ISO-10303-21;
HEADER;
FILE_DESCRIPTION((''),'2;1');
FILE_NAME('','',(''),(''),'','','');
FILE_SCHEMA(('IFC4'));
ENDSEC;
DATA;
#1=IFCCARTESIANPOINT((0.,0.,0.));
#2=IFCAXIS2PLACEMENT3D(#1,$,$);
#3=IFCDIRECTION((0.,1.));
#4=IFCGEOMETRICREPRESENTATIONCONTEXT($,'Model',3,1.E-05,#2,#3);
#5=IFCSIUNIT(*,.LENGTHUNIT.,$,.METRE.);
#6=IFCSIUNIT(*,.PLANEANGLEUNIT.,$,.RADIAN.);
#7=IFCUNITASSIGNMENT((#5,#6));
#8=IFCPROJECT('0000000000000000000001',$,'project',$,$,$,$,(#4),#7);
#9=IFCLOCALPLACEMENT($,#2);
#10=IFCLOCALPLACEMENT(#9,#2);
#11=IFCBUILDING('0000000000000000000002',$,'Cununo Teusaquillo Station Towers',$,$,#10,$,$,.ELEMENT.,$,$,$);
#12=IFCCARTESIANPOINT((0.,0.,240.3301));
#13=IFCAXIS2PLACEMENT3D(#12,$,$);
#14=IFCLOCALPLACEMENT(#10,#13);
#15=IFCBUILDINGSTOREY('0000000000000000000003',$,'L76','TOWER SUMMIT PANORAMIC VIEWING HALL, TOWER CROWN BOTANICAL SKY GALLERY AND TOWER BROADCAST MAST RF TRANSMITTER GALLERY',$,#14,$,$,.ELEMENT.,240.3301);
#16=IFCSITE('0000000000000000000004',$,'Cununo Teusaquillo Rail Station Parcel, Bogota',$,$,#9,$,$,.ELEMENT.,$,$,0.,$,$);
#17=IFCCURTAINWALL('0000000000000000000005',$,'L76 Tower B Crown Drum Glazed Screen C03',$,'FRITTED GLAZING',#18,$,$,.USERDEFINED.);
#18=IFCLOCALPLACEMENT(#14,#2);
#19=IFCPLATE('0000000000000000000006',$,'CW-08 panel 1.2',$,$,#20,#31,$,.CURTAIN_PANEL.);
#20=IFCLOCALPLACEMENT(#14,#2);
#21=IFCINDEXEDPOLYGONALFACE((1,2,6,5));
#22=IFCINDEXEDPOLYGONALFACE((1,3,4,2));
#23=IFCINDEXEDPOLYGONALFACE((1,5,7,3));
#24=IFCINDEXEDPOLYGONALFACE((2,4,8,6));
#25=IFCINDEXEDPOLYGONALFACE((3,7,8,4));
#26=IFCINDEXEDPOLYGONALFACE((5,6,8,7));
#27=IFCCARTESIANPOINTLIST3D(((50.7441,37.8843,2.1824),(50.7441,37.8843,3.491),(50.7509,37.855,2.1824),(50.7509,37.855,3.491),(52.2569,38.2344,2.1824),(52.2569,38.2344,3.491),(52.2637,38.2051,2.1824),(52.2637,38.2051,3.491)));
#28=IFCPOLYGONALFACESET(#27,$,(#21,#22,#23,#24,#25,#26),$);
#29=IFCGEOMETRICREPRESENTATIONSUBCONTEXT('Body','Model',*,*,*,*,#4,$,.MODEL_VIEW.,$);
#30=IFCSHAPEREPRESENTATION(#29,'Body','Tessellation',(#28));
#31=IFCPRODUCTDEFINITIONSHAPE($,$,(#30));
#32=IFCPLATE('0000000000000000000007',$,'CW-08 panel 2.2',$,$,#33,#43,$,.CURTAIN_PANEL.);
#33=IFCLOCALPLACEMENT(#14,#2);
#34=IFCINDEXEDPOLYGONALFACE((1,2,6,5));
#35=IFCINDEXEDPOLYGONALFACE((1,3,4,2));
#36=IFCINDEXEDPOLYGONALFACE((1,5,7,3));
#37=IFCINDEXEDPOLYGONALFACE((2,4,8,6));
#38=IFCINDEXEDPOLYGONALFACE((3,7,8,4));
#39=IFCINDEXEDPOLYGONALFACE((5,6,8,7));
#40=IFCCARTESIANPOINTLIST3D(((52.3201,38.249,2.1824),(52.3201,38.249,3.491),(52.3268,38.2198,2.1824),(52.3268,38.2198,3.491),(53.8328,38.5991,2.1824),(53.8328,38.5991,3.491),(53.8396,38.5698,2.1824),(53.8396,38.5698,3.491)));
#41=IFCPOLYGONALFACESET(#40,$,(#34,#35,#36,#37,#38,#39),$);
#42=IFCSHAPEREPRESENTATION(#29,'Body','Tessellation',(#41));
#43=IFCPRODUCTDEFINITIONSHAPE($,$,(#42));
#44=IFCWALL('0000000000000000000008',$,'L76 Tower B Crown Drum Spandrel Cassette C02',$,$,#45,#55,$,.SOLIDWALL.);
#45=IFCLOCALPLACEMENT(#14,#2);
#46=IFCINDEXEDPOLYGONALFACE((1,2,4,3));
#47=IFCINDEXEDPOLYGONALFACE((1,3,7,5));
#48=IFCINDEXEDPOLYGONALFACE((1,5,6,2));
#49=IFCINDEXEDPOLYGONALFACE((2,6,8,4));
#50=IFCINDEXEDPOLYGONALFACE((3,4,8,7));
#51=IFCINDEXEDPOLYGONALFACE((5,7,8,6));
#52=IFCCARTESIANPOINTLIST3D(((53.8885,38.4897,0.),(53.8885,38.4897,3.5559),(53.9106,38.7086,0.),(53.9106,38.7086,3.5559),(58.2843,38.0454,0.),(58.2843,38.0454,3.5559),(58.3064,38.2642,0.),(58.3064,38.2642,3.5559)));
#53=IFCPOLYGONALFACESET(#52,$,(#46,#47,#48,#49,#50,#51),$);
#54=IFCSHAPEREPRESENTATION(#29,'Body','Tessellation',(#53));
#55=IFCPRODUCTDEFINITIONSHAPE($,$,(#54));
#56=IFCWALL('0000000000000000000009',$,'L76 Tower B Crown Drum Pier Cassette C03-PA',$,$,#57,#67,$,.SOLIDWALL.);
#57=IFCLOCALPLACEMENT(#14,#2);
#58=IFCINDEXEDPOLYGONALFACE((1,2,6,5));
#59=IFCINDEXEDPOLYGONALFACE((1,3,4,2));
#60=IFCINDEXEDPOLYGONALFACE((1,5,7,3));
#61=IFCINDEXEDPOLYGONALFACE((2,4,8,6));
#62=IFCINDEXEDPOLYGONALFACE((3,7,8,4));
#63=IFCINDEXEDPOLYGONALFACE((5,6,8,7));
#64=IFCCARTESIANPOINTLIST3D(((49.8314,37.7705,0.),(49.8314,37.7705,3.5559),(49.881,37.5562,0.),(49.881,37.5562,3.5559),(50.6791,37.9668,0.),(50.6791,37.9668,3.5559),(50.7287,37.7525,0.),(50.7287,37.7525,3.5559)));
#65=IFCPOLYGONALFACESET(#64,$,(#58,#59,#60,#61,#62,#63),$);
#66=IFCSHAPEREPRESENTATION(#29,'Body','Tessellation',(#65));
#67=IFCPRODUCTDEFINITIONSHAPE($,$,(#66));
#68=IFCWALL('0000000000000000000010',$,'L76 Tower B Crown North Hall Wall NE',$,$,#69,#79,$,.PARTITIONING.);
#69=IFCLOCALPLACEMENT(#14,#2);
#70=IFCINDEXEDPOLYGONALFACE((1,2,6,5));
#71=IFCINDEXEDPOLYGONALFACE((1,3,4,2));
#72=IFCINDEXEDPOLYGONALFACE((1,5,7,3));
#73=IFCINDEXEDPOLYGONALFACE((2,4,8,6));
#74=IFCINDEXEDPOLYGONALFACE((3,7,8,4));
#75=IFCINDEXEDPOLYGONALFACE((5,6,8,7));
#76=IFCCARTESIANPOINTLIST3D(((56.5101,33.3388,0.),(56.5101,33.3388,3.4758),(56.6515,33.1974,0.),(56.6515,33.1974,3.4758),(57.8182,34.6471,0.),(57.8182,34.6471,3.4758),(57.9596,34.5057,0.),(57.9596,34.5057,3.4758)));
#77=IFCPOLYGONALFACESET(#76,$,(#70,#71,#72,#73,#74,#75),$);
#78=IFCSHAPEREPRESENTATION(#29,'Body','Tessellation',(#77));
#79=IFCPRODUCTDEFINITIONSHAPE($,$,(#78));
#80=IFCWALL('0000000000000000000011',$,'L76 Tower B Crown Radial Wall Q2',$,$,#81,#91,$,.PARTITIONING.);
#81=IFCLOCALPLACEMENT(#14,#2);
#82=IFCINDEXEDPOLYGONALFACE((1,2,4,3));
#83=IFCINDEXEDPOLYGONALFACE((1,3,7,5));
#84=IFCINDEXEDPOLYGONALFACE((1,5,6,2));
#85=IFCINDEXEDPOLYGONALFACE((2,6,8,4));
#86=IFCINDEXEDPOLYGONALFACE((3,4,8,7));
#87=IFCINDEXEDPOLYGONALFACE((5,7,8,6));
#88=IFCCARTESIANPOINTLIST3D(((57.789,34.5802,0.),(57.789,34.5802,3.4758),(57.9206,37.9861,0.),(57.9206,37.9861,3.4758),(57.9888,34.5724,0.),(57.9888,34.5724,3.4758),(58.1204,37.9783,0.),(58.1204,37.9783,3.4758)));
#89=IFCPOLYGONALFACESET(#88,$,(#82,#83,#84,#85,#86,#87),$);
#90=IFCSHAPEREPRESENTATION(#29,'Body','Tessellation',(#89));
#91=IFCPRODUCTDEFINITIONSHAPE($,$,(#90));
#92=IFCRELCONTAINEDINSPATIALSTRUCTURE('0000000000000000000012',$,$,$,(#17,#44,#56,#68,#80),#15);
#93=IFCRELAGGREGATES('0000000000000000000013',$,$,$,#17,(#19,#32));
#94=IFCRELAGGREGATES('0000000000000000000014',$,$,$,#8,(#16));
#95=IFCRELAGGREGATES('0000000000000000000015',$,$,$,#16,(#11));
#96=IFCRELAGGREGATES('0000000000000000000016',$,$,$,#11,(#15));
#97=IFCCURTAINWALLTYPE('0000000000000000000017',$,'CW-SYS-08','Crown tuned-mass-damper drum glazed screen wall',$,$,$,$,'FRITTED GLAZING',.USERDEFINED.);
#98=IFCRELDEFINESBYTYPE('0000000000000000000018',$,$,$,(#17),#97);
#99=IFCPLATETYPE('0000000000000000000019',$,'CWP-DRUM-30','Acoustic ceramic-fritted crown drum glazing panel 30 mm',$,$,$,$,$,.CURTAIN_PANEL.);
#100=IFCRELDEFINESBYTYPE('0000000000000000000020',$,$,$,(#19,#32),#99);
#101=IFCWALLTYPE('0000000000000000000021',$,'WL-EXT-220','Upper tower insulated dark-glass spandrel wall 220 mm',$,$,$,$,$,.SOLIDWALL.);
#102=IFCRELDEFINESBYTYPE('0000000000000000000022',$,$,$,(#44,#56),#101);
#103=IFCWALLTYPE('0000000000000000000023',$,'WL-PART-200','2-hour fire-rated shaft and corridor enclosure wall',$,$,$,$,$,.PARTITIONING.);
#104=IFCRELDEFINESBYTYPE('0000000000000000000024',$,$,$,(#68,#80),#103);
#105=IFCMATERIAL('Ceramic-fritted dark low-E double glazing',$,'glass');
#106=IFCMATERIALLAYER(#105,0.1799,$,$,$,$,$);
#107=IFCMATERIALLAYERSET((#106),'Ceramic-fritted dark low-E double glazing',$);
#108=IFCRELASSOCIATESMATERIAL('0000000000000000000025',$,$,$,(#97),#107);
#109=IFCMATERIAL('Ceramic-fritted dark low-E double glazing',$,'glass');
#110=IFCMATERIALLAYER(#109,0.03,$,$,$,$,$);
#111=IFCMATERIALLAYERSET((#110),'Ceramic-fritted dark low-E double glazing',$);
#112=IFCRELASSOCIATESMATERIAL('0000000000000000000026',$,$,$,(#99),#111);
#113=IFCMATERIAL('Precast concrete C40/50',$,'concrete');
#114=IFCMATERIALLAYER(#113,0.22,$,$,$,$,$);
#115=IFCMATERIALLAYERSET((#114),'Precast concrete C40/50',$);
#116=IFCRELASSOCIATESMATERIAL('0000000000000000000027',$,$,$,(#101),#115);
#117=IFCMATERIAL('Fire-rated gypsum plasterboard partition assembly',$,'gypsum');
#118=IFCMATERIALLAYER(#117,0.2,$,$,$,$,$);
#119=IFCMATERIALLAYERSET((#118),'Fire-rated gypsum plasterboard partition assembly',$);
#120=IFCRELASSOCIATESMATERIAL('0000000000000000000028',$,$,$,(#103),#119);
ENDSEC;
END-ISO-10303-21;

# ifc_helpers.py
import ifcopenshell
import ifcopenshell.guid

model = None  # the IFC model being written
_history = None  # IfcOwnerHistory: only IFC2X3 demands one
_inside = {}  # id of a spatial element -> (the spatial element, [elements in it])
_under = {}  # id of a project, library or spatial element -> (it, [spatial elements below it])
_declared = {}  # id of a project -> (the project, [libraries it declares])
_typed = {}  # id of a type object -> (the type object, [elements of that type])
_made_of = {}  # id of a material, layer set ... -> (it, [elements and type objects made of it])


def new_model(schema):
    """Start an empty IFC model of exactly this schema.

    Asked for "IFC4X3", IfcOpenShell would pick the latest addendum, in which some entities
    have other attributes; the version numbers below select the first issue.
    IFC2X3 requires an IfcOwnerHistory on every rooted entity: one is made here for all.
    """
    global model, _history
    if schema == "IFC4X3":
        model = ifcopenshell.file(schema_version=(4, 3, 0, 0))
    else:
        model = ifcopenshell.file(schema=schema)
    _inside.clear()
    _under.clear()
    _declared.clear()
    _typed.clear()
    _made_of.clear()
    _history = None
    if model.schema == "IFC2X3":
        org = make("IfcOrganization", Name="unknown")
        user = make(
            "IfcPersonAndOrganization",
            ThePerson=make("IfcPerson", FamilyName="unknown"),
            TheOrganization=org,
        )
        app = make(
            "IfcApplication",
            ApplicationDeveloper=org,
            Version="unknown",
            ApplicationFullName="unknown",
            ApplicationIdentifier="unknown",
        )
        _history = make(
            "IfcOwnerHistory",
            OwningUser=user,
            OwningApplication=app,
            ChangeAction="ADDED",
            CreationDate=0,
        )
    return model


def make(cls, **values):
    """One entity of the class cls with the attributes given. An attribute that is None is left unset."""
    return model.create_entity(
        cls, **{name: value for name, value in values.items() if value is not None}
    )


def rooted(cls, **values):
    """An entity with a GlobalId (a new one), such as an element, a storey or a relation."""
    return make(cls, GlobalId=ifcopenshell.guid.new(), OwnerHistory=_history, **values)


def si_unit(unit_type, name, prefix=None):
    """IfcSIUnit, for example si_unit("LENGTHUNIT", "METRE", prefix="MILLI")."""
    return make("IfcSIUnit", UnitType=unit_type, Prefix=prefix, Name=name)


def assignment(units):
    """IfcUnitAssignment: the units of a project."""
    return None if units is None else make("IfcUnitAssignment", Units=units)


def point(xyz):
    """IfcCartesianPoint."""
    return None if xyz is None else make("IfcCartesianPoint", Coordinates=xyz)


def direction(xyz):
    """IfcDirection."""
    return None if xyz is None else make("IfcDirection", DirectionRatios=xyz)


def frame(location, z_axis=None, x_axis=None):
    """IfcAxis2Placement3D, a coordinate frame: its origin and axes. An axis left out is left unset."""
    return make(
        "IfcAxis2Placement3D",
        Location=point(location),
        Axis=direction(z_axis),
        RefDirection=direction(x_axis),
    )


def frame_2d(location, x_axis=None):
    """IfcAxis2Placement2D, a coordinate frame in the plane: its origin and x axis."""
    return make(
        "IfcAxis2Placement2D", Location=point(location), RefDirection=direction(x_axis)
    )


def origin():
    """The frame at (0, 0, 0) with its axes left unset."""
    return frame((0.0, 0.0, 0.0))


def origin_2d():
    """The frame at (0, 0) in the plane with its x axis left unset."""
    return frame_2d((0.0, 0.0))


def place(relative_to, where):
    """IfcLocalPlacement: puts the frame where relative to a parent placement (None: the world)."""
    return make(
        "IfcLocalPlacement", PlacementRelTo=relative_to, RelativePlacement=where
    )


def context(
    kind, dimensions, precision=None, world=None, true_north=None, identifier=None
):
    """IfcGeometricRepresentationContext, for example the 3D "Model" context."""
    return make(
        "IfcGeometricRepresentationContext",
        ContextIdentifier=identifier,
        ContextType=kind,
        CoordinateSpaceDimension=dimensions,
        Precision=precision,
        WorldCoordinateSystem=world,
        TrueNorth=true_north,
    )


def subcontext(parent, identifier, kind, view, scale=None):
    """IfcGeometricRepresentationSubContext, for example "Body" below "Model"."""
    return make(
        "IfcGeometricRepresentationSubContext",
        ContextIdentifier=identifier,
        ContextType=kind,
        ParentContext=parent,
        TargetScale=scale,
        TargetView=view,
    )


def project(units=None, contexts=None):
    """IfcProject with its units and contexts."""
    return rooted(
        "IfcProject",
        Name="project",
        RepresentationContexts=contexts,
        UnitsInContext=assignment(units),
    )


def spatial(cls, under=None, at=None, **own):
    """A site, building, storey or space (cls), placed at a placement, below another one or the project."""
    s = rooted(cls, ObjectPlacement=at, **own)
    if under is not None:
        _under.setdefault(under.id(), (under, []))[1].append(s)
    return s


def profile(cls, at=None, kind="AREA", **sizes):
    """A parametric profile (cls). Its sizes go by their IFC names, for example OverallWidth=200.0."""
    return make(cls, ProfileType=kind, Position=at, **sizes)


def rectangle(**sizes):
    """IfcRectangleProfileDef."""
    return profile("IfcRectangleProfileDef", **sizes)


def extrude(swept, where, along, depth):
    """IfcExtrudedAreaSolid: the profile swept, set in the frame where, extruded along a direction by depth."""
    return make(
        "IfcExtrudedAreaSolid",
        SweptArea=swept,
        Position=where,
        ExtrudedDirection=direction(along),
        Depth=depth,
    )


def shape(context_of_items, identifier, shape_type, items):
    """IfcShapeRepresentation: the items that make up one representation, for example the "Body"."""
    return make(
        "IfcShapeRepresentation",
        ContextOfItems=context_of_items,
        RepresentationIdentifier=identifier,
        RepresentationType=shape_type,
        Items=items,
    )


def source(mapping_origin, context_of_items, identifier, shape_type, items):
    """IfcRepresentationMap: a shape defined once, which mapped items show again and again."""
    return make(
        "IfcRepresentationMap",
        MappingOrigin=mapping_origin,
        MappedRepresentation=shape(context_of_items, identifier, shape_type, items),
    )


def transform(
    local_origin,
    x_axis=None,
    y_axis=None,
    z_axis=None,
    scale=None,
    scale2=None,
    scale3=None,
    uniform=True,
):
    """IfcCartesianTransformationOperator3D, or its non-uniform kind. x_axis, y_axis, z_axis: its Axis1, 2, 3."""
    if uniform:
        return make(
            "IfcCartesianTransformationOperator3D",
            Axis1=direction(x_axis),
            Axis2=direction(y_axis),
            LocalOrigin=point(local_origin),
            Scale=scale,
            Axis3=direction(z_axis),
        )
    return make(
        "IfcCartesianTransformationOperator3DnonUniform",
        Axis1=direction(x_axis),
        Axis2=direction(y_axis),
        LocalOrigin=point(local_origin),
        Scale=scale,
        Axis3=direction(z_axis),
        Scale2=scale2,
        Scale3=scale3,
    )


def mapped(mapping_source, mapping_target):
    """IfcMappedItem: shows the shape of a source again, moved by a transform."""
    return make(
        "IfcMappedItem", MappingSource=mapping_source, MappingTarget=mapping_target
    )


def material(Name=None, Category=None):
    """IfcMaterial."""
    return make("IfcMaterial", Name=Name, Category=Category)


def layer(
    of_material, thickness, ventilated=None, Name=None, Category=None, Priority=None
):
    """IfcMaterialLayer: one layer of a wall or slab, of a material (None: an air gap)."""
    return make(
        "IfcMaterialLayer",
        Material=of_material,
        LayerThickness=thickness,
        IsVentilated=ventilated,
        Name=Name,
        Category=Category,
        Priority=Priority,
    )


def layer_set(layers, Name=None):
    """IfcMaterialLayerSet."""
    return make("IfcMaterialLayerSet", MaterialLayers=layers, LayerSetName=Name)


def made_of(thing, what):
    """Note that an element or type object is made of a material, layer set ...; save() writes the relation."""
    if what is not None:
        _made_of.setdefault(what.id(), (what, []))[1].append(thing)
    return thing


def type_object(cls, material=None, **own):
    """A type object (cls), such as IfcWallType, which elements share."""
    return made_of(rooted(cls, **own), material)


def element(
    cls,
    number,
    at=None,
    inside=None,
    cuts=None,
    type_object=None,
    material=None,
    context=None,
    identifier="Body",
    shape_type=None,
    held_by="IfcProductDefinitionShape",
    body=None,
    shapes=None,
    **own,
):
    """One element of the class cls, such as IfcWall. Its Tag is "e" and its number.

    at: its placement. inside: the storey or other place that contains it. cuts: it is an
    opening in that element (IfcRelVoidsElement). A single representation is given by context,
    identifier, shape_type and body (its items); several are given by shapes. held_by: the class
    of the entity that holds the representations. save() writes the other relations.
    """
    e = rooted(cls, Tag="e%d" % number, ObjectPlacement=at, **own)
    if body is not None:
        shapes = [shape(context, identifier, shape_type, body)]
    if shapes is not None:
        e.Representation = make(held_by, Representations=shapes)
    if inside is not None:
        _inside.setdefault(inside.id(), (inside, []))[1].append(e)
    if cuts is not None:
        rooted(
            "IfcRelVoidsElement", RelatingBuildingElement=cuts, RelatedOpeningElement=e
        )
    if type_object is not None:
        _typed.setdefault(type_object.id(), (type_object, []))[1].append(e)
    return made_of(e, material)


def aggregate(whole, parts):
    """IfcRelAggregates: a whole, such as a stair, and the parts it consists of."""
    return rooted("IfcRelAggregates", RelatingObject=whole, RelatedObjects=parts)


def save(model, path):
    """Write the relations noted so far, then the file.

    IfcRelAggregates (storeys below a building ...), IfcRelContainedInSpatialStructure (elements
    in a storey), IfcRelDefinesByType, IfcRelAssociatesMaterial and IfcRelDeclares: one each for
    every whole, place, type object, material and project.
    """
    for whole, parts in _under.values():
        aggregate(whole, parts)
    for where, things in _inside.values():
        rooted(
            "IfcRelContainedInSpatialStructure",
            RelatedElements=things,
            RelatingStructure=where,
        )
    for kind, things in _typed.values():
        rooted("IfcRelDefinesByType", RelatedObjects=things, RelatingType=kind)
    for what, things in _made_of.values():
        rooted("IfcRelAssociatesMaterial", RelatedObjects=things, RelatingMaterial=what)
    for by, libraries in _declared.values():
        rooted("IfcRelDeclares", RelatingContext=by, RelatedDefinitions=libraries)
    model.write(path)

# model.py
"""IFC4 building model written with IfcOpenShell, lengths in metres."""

from ifc_helpers import new_model, si_unit, direction, frame, frame_2d, origin, origin_2d, place, context, subcontext, project, spatial, rectangle, extrude, source, transform, mapped, material, layer, layer_set, type_object, element, aggregate, save


model = new_model("IFC4")

# Units and contexts
model_context = context("Model", 3, precision=1e-05, world=origin(), true_north=direction((0.0, 1.0)))
body_context = subcontext(model_context, "Body", "Model", "MODEL_VIEW")
ifc_project = project(units=[si_unit("LENGTHUNIT", "METRE"), si_unit("PLANEANGLEUNIT", "RADIAN")], contexts=[model_context])

# Site, building, storey
site_placement = place(None, origin())
site = spatial("IfcSite", under=ifc_project, at=site_placement, Name="Cununo Teusaquillo Rail Station Parcel, Bogota", CompositionType="ELEMENT", RefElevation=0.0)
building_placement = place(site_placement, origin())
building = spatial("IfcBuilding", under=site, at=building_placement, Name="Cununo Teusaquillo Station Towers", CompositionType="ELEMENT")
storey_placement = place(building_placement, frame((0.0, 0.0, 240.3301)))
storey = spatial("IfcBuildingStorey", under=building, at=storey_placement, Name="L76", Description="TOWER SUMMIT PANORAMIC VIEWING HALL, TOWER CROWN BOTANICAL SKY GALLERY AND TOWER BROADCAST MAST RF TRANSMITTER GALLERY", CompositionType="ELEMENT", Elevation=240.3301)

# Curtain wall
ifc_material_1 = material(Name="Ceramic-fritted dark low-E double glazing", Category="glass")
ifc_layer_1 = layer(ifc_material_1, 0.1799)
ifc_layer_set_1 = layer_set([ifc_layer_1], Name="Ceramic-fritted dark low-E double glazing")
curtain_wall_type = type_object("IfcCurtainWallType", Name="CW-SYS-08", Description="Crown tuned-mass-damper drum glazed screen wall", ElementType="FRITTED GLAZING", PredefinedType="USERDEFINED", material=ifc_layer_set_1)
curtain_wall_placement = place(storey_placement, origin())
curtain_wall = element("IfcCurtainWall", 1, at=curtain_wall_placement, inside=storey, type_object=curtain_wall_type, Name="L76 Tower B Crown Drum Glazed Screen C03", ObjectType="FRITTED GLAZING", PredefinedType="USERDEFINED")

# Plates
ifc_material_2 = material(Name="Ceramic-fritted dark low-E double glazing", Category="glass")
ifc_layer_2 = layer(ifc_material_2, 0.03)
ifc_layer_set_2 = layer_set([ifc_layer_2], Name="Ceramic-fritted dark low-E double glazing")
plate_type_1 = type_object("IfcPlateType", Name="CWP-DRUM-30", Description="Acoustic ceramic-fritted crown drum glazing panel 30 mm", PredefinedType="CURTAIN_PANEL", material=ifc_layer_set_2)
shared_shape_1 = source(origin(), body_context, "Body", "SweptSolid", [
    extrude(rectangle(XDim=1.5527, YDim=0.03, at=origin_2d()), origin(), (0.0, 0.0, 1.0), 1.3086),
])
plate_1_placement = place(storey_placement, frame((51.5039, 38.0447, 2.1824), z_axis=(0.0, 0.0, 1.0), x_axis=(0.974251, 0.225466, 0.0)))
plate_1 = element("IfcPlate", 2, at=plate_1_placement, type_object=plate_type_1, Name="CW-08 panel 1.2", PredefinedType="CURTAIN_PANEL", context=body_context, shape_type="MappedRepresentation", body=[
    mapped(shared_shape_1, transform((0.0, 0.0, 0.0), x_axis=(1.0, 0.0, 0.0), y_axis=(0.0, 1.0, 0.0), z_axis=(0.0, 0.0, 1.0), scale=1.0)),
])
plate_2_placement = place(storey_placement, frame((53.0798, 38.4094, 2.1824), z_axis=(0.0, 0.0, 1.0), x_axis=(0.974251, 0.225466, 0.0)))
plate_2 = element("IfcPlate", 3, at=plate_2_placement, type_object=plate_type_1, Name="CW-08 panel 2.2", PredefinedType="CURTAIN_PANEL", context=body_context, shape_type="MappedRepresentation", body=[
    mapped(shared_shape_1, transform((0.0, 0.0, 0.0), x_axis=(1.0, 0.0, 0.0), y_axis=(0.0, 1.0, 0.0), z_axis=(0.0, 0.0, 1.0), scale=1.0)),
])
aggregate(curtain_wall, [plate_1, plate_2])

# Walls
ifc_material_3 = material(Name="Precast concrete C40/50", Category="concrete")
ifc_layer_3 = layer(ifc_material_3, 0.22)
ifc_layer_set_3 = layer_set([ifc_layer_3], Name="Precast concrete C40/50")
wall_type_1 = type_object("IfcWallType", Name="WL-EXT-220", Description="Upper tower insulated dark-glass spandrel wall 220 mm", PredefinedType="SOLIDWALL", material=ifc_layer_set_3)
wall_1_placement = place(storey_placement, frame((53.8997, 38.5991, 0.0), z_axis=(0.0, 0.0, 1.0), x_axis=(0.99493, -0.100571, 0.0)))
element("IfcWall", 4, at=wall_1_placement, inside=storey, type_object=wall_type_1, Name="L76 Tower B Crown Drum Spandrel Cassette C02", PredefinedType="SOLIDWALL", context=body_context, shape_type="SweptSolid", body=[
    extrude(rectangle(XDim=4.4182, YDim=0.22, at=frame_2d((2.209, 0.0))), origin(), (0.0, 0.0, 1.0), 3.5559),
])
wall_2_placement = place(storey_placement, frame((49.8562, 37.6633, 0.0), z_axis=(0.0, 0.0, 1.0), x_axis=(0.974221, 0.225597, 0.0)))
element("IfcWall", 5, at=wall_2_placement, inside=storey, type_object=wall_type_1, Name="L76 Tower B Crown Drum Pier Cassette C03-PA", PredefinedType="SOLIDWALL", context=body_context, shape_type="SweptSolid", body=[
    extrude(rectangle(XDim=0.8701, YDim=0.22, at=frame_2d((0.4351, 0.0))), origin(), (0.0, 0.0, 1.0), 3.5559),
])
ifc_material_4 = material(Name="Fire-rated gypsum plasterboard partition assembly", Category="gypsum")
ifc_layer_4 = layer(ifc_material_4, 0.2)
ifc_layer_set_4 = layer_set([ifc_layer_4], Name="Fire-rated gypsum plasterboard partition assembly")
wall_type_2 = type_object("IfcWallType", Name="WL-PART-200", Description="2-hour fire-rated shaft and corridor enclosure wall", PredefinedType="PARTITIONING", material=ifc_layer_set_4)
wall_3_placement = place(storey_placement, frame((56.5808, 33.2681, 0.0), z_axis=(0.0, 0.0, 1.0), x_axis=(0.707041, 0.707173, 0.0)))
element("IfcWall", 6, at=wall_3_placement, inside=storey, type_object=wall_type_2, Name="L76 Tower B Crown North Hall Wall NE", PredefinedType="PARTITIONING", context=body_context, shape_type="SweptSolid", body=[
    extrude(rectangle(XDim=1.8501, YDim=0.2, at=frame_2d((0.925, 0.0))), origin(), (0.0, 0.0, 1.0), 3.4758),
])
wall_4_placement = place(storey_placement, frame((57.8889, 34.5764, 0.0), z_axis=(0.0, 0.0, 1.0), x_axis=(0.038606, 0.999254, 0.0)))
element("IfcWall", 7, at=wall_4_placement, inside=storey, type_object=wall_type_2, Name="L76 Tower B Crown Radial Wall Q2", PredefinedType="PARTITIONING", context=body_context, shape_type="SweptSolid", body=[
    extrude(rectangle(XDim=3.4084, YDim=0.2, at=frame_2d((1.7041, 0.0))), origin(), (0.0, 0.0, 1.0), 3.4758),
])

save(model, "model.ifc")
